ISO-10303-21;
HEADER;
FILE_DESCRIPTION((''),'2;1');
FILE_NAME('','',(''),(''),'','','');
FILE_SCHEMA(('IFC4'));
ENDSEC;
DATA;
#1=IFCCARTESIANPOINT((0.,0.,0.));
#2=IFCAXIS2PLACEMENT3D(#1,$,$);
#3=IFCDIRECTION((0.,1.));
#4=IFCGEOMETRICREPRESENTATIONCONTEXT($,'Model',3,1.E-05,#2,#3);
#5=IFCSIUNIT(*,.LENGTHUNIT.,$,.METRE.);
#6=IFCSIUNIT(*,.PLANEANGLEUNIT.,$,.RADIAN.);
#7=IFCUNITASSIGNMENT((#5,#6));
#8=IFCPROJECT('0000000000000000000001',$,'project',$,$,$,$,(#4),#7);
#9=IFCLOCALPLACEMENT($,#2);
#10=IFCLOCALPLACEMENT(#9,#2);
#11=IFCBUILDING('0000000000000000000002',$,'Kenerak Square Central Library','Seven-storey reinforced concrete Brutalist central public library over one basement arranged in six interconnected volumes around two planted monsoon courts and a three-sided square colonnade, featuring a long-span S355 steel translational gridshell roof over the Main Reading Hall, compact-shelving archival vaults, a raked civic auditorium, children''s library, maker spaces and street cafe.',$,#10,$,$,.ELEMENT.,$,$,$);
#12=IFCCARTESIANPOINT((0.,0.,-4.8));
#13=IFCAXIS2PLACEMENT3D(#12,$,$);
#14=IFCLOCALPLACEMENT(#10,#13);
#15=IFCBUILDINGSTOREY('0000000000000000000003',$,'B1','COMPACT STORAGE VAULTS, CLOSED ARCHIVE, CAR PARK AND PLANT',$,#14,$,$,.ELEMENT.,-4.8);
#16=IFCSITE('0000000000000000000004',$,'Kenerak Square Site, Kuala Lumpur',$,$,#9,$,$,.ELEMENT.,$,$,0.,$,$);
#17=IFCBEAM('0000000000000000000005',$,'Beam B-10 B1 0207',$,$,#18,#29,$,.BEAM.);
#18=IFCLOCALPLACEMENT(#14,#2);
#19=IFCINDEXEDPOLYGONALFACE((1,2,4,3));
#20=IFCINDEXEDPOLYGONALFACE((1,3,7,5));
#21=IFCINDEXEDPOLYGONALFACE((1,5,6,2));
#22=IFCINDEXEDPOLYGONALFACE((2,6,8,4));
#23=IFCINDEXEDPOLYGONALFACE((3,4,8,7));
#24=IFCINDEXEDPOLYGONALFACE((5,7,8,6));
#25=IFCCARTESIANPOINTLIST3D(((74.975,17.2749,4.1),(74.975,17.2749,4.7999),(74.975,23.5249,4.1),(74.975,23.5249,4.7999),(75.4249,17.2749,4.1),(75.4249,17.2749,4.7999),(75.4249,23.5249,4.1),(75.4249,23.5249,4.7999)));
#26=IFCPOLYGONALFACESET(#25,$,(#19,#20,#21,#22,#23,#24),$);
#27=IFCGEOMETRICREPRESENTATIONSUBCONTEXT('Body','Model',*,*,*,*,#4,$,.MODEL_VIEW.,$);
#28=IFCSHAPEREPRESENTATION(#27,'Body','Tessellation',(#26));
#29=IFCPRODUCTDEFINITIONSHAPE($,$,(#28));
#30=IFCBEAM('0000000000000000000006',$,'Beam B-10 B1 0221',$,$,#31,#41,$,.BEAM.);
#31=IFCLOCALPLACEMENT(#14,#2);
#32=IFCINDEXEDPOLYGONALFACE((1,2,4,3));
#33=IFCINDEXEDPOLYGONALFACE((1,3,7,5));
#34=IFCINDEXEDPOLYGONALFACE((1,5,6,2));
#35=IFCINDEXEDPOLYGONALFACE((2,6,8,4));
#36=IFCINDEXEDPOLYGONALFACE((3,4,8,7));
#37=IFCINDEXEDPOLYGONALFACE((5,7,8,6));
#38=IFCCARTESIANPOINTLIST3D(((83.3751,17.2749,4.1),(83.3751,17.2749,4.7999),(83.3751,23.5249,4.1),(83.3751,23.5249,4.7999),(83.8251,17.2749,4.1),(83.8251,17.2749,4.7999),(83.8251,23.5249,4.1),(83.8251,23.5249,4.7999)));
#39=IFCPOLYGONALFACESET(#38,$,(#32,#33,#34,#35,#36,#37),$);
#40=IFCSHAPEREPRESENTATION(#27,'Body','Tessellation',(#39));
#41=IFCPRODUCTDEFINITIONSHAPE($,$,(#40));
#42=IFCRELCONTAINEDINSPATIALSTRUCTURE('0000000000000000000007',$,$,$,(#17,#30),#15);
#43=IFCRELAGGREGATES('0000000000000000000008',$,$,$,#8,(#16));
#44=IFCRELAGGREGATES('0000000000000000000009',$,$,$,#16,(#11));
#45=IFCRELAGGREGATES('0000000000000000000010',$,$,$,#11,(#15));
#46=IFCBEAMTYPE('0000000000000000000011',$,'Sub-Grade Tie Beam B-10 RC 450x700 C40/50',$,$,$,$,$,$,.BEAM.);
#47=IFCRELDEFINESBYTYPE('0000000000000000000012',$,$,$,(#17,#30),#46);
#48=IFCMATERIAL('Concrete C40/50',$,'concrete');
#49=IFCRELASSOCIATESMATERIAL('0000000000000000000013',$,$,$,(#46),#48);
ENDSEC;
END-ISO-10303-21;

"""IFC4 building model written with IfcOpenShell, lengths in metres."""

from ifc_helpers import new_model, si_unit, direction, frame, origin, origin_2d, place, context, subcontext, project, spatial, rectangle, extrude, material, material_profile, profile_set, type_object, element, save


model = new_model("IFC4")

# Units and contexts
model_context = context("Model", 3, precision=1e-05, world=origin(), true_north=direction((0.0, 1.0)))
body_context = subcontext(model_context, "Body", "Model", "MODEL_VIEW")
ifc_project = project(units=[si_unit("LENGTHUNIT", "METRE"), si_unit("PLANEANGLEUNIT", "RADIAN")], contexts=[model_context])

# Site, building, storey
site_placement = place(None, origin())
site = spatial("IfcSite", under=ifc_project, at=site_placement, Name="Kenerak Square Site, Kuala Lumpur", CompositionType="ELEMENT", RefElevation=0.0)
building_placement = place(site_placement, origin())
building = spatial("IfcBuilding", under=site, at=building_placement, Name="Kenerak Square Central Library", Description="Seven-storey reinforced concrete Brutalist central public library over one basement arranged in six interconnected volumes around two planted monsoon courts and a three-sided square colonnade, featuring a long-span S355 steel translational gridshell roof over the Main Reading Hall, compact-shelving archival vaults, a raked civic auditorium, children's library, maker spaces and street cafe.", CompositionType="ELEMENT")
storey_placement = place(building_placement, frame((0.0, 0.0, -4.8)))
storey = spatial("IfcBuildingStorey", under=building, at=storey_placement, Name="B1", Description="COMPACT STORAGE VAULTS, CLOSED ARCHIVE, CAR PARK AND PLANT", CompositionType="ELEMENT", Elevation=-4.8)

# Shared definitions
ifc_material_1 = material(Name="Concrete C40/50", Category="concrete")

# Beams
ifc_material_profile_1 = material_profile(ifc_material_1, rectangle(XDim=0.45, YDim=0.7, at=origin_2d()), Name="RC 450x700")
ifc_profile_set_1 = profile_set([ifc_material_profile_1], Name="Concrete C40/50")
beam_type_1 = type_object("IfcBeamType", Name="Sub-Grade Tie Beam B-10 RC 450x700 C40/50", PredefinedType="BEAM", material=ifc_profile_set_1)
for number, where, z_axis, x_axis, name in (
    (1, (75.2, 17.2749, 4.45), (0.0, 1.0, 0.0), (-1.0, 0.0, 0.0), "Beam B-10 B1 0207"),
    (2, (83.6001, 17.2749, 4.45), (0.0, 1.0, 0.0), (-1.0, 0.0, 0.0), "Beam B-10 B1 0221"),
):
    element("IfcBeam", number, at=place(storey_placement, frame(where, z_axis=z_axis, x_axis=x_axis)), inside=storey, type_object=beam_type_1, Name=name, PredefinedType="BEAM", context=body_context, shape_type="SweptSolid", body=[
        extrude(rectangle(XDim=0.45, YDim=0.7, at=origin_2d()), origin(), (0.0, 0.0, 1.0), 6.25),
    ])

save(model, "model.ifc")
